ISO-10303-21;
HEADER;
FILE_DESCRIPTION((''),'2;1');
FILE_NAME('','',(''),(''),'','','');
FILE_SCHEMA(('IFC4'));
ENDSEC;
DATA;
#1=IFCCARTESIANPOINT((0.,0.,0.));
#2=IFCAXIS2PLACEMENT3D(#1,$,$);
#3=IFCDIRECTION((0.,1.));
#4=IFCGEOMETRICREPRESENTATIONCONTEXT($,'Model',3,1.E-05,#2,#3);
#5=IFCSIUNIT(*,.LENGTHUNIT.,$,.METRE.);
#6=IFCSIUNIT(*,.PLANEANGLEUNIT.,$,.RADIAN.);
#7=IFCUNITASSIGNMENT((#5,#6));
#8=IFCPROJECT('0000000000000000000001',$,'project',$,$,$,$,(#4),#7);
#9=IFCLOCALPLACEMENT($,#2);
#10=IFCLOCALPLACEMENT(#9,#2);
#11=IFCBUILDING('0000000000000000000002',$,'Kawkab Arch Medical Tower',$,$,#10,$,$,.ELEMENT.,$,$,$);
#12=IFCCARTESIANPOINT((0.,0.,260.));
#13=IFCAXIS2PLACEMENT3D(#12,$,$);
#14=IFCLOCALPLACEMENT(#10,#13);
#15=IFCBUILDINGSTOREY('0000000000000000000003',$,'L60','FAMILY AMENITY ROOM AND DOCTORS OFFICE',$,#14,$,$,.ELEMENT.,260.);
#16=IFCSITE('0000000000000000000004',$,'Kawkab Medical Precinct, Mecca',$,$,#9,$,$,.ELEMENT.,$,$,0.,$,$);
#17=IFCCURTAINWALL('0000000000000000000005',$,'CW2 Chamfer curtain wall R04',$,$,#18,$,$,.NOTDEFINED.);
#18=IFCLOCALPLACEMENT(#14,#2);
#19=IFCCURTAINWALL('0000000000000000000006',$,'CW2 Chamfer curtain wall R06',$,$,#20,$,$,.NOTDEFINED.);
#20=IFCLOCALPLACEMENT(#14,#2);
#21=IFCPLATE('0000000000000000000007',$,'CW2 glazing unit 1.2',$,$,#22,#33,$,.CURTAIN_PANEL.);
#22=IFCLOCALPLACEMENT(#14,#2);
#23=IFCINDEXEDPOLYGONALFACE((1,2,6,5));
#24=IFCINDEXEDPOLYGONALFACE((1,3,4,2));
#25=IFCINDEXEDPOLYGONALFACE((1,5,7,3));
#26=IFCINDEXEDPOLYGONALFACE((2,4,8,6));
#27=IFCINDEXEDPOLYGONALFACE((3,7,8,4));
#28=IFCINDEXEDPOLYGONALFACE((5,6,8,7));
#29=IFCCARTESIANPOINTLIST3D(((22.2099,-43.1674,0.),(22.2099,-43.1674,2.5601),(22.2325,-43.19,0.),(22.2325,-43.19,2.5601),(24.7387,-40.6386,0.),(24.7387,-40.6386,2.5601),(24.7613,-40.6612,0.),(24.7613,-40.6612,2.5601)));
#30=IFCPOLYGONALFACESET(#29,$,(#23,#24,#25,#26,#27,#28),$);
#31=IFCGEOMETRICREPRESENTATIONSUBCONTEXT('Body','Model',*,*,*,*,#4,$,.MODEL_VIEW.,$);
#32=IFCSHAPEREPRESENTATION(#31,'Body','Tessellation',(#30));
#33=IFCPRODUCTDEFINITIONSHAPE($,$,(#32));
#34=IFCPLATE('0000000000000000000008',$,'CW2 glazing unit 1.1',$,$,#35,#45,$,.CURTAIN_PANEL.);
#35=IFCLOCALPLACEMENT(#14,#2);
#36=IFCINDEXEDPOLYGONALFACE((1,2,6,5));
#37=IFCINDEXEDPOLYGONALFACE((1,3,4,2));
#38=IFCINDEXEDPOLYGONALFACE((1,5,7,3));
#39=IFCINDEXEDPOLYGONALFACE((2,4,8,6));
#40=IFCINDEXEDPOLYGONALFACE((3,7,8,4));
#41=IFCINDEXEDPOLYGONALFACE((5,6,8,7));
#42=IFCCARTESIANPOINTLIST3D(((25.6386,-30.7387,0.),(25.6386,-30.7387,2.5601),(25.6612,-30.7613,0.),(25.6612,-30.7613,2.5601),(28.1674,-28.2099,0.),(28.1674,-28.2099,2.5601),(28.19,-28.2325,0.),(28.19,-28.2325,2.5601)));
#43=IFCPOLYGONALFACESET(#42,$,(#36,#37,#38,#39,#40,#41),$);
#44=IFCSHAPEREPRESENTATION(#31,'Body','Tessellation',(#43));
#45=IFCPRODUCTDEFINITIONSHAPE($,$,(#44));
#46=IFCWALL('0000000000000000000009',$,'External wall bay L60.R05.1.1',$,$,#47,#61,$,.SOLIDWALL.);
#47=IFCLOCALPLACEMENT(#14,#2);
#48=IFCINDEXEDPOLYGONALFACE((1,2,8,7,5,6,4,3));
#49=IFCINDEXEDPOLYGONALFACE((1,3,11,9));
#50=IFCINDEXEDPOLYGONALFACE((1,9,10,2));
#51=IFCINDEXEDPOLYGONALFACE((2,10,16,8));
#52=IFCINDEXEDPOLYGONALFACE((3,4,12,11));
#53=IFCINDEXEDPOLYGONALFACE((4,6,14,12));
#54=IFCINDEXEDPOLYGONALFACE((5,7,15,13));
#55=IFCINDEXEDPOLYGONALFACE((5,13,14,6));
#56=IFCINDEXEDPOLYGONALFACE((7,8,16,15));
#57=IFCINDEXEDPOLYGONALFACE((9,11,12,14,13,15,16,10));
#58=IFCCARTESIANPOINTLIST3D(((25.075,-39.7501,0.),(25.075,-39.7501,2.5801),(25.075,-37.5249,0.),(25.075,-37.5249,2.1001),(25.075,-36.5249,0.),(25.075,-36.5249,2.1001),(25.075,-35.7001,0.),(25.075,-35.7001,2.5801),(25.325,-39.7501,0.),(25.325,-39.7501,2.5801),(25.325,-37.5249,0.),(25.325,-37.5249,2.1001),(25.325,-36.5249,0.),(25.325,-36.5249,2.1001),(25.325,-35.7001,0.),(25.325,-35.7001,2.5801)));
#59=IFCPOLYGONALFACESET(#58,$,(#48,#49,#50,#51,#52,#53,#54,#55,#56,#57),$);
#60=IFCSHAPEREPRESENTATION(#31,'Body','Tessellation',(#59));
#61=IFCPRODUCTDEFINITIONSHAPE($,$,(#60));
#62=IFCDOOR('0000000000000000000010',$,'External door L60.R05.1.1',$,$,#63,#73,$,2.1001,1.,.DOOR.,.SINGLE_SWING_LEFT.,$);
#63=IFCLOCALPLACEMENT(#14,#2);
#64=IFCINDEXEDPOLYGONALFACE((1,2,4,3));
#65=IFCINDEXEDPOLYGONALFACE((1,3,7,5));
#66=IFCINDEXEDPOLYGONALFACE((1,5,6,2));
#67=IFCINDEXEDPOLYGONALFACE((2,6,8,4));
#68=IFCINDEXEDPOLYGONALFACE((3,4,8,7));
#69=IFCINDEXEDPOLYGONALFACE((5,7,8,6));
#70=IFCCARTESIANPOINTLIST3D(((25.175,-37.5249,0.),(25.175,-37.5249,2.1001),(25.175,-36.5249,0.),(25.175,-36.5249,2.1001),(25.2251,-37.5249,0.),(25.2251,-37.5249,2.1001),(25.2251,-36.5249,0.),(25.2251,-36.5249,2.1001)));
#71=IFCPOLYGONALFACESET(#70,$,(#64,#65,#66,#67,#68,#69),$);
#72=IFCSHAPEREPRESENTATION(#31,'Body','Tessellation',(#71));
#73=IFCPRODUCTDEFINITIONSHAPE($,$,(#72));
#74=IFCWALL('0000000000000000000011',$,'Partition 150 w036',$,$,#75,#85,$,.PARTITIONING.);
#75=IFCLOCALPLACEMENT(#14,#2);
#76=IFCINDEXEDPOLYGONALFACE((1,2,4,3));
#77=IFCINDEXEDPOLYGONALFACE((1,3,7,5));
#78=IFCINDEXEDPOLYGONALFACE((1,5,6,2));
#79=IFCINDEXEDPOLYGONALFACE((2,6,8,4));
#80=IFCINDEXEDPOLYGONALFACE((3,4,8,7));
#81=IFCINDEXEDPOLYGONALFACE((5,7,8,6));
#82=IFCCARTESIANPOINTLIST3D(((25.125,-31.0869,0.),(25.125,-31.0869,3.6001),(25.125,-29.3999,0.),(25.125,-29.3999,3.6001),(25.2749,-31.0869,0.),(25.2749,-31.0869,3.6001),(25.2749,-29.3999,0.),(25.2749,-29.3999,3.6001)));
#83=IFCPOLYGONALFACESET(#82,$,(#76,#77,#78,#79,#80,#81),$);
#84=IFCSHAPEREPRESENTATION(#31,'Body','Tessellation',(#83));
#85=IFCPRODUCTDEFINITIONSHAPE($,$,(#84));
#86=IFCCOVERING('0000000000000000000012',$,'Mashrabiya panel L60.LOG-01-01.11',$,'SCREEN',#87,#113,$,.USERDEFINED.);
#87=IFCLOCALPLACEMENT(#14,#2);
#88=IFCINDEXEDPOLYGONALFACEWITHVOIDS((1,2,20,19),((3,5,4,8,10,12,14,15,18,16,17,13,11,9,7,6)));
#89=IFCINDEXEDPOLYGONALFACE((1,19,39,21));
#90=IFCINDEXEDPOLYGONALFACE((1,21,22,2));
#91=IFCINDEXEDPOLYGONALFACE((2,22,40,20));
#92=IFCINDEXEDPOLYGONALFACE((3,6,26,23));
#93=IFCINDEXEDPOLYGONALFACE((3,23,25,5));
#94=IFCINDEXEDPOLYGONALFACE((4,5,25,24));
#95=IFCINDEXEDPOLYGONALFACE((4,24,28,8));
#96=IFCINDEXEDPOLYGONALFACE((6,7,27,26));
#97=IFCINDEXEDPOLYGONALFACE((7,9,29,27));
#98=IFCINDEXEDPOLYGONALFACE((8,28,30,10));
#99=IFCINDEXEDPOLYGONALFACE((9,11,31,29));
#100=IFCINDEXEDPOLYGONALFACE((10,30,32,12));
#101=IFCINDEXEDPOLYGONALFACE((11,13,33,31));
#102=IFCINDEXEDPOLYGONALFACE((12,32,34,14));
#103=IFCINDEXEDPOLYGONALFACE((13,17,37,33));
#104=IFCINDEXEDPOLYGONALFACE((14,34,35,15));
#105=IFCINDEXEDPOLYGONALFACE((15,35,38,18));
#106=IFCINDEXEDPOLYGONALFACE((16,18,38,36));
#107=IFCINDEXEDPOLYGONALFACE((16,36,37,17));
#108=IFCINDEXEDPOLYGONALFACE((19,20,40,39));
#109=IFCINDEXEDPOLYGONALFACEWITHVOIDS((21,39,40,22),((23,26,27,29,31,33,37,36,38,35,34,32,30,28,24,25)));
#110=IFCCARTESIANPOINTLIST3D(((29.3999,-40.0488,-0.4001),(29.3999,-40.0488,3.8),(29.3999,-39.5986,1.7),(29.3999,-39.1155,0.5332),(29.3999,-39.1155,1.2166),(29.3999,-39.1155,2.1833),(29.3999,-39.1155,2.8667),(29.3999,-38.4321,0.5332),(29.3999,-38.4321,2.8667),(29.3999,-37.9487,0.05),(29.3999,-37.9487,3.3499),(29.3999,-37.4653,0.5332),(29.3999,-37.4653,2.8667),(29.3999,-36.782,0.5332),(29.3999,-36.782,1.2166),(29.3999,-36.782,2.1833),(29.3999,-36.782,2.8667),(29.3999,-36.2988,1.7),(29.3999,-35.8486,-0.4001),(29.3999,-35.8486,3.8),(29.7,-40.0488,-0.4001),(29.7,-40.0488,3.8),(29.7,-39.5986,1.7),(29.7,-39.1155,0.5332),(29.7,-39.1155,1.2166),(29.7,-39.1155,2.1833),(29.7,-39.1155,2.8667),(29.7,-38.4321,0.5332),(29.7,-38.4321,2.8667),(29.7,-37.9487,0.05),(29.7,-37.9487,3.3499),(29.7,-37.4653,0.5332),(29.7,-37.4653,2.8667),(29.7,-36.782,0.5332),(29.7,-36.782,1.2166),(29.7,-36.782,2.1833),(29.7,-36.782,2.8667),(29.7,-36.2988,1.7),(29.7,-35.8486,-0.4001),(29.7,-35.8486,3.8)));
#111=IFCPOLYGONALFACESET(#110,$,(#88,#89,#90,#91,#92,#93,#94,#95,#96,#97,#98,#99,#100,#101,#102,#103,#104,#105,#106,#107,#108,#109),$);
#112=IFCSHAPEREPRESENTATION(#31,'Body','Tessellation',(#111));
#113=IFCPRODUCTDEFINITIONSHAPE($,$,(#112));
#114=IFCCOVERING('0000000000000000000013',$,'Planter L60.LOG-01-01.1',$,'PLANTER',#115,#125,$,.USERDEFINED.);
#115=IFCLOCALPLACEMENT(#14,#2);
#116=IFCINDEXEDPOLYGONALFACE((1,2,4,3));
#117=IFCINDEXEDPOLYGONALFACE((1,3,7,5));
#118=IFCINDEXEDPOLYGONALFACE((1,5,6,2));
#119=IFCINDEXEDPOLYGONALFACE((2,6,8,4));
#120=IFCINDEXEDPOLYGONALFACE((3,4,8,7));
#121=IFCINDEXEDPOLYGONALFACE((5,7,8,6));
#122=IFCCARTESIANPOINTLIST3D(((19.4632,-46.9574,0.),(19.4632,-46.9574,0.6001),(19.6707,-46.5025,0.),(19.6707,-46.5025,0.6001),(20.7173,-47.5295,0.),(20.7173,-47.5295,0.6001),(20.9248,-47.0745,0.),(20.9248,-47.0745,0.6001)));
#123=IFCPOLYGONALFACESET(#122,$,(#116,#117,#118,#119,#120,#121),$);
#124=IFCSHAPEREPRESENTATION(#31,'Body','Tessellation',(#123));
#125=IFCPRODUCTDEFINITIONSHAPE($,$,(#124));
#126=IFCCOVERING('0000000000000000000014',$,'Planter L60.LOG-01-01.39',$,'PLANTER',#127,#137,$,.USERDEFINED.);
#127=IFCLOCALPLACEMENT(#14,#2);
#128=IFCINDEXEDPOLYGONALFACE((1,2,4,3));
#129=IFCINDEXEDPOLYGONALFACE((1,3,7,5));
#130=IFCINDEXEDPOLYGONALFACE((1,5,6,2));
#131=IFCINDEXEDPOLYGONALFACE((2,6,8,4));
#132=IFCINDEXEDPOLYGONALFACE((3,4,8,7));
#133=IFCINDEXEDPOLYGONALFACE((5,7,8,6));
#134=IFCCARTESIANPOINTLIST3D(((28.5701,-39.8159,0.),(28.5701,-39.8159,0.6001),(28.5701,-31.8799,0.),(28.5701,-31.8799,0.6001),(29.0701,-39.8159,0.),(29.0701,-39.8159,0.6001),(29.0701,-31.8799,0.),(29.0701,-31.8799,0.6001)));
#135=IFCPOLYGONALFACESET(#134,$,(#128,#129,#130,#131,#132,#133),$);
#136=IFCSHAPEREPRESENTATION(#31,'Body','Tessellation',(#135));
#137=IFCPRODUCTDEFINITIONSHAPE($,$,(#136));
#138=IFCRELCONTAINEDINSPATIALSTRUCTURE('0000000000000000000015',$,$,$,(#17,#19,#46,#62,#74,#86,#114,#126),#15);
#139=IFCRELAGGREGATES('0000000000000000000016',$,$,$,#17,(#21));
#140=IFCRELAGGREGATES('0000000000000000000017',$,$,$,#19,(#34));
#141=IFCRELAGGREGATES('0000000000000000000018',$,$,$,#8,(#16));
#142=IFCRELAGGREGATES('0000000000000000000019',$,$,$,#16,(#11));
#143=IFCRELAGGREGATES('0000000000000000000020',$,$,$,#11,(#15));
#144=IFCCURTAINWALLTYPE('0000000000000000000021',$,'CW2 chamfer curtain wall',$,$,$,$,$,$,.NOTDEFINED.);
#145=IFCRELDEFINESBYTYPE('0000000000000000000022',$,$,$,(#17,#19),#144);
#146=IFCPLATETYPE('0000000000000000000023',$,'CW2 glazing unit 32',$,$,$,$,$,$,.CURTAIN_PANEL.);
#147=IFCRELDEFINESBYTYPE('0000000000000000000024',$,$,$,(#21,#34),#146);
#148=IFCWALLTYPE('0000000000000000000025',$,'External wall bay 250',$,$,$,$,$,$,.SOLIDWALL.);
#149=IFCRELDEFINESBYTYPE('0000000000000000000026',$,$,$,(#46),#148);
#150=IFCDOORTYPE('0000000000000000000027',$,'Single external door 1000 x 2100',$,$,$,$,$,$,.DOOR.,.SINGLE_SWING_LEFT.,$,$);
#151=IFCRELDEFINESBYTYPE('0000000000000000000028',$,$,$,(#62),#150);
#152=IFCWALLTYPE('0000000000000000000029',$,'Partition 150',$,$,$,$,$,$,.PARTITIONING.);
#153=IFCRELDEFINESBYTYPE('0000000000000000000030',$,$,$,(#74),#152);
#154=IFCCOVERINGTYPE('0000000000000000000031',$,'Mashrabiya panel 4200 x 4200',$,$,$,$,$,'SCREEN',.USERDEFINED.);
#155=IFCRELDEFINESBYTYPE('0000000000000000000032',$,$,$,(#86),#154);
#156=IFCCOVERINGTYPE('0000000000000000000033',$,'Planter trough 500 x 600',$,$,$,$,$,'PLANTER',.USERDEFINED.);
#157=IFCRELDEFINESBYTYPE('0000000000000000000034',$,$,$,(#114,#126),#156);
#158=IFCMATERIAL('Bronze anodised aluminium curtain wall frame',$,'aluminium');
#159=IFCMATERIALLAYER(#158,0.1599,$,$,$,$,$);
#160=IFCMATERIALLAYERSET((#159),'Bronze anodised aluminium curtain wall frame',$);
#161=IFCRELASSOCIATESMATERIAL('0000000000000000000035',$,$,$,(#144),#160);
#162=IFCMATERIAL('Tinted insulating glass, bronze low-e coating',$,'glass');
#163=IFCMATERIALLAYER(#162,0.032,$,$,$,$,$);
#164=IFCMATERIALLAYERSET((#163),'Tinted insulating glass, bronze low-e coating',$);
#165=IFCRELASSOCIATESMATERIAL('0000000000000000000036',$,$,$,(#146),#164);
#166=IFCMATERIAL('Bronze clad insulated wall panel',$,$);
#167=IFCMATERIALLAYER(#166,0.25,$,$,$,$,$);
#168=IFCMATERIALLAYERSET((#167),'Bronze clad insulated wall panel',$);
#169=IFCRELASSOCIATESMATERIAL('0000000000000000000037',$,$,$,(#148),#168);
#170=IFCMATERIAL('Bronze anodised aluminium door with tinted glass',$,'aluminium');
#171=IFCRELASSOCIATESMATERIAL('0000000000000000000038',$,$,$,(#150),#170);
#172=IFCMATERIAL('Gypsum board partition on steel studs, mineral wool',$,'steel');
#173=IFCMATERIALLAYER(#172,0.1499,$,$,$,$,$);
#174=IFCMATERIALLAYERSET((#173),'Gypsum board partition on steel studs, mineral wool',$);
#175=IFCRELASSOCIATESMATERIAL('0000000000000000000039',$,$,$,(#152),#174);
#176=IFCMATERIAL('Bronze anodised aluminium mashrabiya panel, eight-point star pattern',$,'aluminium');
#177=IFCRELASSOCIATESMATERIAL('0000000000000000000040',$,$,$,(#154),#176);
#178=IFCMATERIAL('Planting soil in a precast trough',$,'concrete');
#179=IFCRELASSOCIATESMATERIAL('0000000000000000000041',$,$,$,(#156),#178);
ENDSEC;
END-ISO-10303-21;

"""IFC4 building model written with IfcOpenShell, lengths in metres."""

from ifc_helpers import new_model, si_unit, direction, frame, frame_2d, origin, origin_2d, place, context, subcontext, project, spatial, polyline, rectangle, outline, extrude, material, layer, layer_set, material_profile, profile_set, type_object, element, fill, aggregate, save


model = new_model("IFC4")

# Units and contexts
model_context = context("Model", 3, precision=1e-05, world=origin(), true_north=direction((0.0, 1.0)))
body_context = subcontext(model_context, "Body", "Model", "MODEL_VIEW")
ifc_project = project(units=[si_unit("LENGTHUNIT", "METRE"), si_unit("PLANEANGLEUNIT", "RADIAN")], contexts=[model_context])

# Site, building, storey
site_placement = place(None, origin())
site = spatial("IfcSite", under=ifc_project, at=site_placement, Name="Kawkab Medical Precinct, Mecca", CompositionType="ELEMENT", RefElevation=0.0)
building_placement = place(site_placement, origin())
building = spatial("IfcBuilding", under=site, at=building_placement, Name="Kawkab Arch Medical Tower", CompositionType="ELEMENT")
storey_placement = place(building_placement, frame((0.0, 0.0, 260.0)))
storey = spatial("IfcBuildingStorey", under=building, at=storey_placement, Name="L60", Description="FAMILY AMENITY ROOM AND DOCTORS OFFICE", CompositionType="ELEMENT", Elevation=260.0)

# Curtain walls
placement = place(storey_placement, origin())
ifc_material_1 = material(Name="Bronze anodised aluminium curtain wall frame", Category="aluminium")
ifc_layer_1 = layer(ifc_material_1, 0.1599)
ifc_layer_set_1 = layer_set([ifc_layer_1], Name="Bronze anodised aluminium curtain wall frame")
curtain_wall_type_1 = type_object("IfcCurtainWallType", Name="CW2 chamfer curtain wall", PredefinedType="NOTDEFINED", material=ifc_layer_set_1)
curtain_wall_1 = element("IfcCurtainWall", 1, at=placement, inside=storey, type_object=curtain_wall_type_1, Name="CW2 Chamfer curtain wall R04", PredefinedType="NOTDEFINED")
curtain_wall_2 = element("IfcCurtainWall", 2, at=placement, inside=storey, type_object=curtain_wall_type_1, Name="CW2 Chamfer curtain wall R06", PredefinedType="NOTDEFINED")

# Plates
ifc_material_2 = material(Name="Tinted insulating glass, bronze low-e coating", Category="glass")
ifc_layer_2 = layer(ifc_material_2, 0.032)
ifc_layer_set_2 = layer_set([ifc_layer_2], Name="Tinted insulating glass, bronze low-e coating")
plate_type_1 = type_object("IfcPlateType", Name="CW2 glazing unit 32", PredefinedType="CURTAIN_PANEL", material=ifc_layer_set_2)
plate_1_placement = place(storey_placement, frame((23.4856, -41.9143, 0.0), z_axis=(0.0, 0.0, 1.0), x_axis=(0.707107, 0.707107, 0.0)))
plate_1 = element("IfcPlate", 3, at=plate_1_placement, type_object=plate_type_1, Name="CW2 glazing unit 1.2", PredefinedType="CURTAIN_PANEL", context=body_context, shape_type="SweptSolid", body=[
    extrude(rectangle(XDim=3.5762, YDim=0.032, at=origin_2d()), origin(), (0.0, 0.0, 1.0), 2.5601),
])
aggregate(curtain_wall_1, [plate_1])
plate_2_placement = place(storey_placement, frame((26.9143, -29.4856, 0.0), z_axis=(0.0, 0.0, 1.0), x_axis=(0.707107, 0.707107, 0.0)))
plate_2 = element("IfcPlate", 4, at=plate_2_placement, type_object=plate_type_1, Name="CW2 glazing unit 1.1", PredefinedType="CURTAIN_PANEL", context=body_context, shape_type="SweptSolid", body=[
    extrude(rectangle(XDim=3.5762, YDim=0.032, at=origin_2d()), origin(), (0.0, 0.0, 1.0), 2.5601),
])
aggregate(curtain_wall_2, [plate_2])

# Wall, opening, door
ifc_material_3 = material(Name="Bronze clad insulated wall panel")
ifc_layer_3 = layer(ifc_material_3, 0.25)
ifc_layer_set_3 = layer_set([ifc_layer_3], Name="Bronze clad insulated wall panel")
wall_type_1 = type_object("IfcWallType", Name="External wall bay 250", PredefinedType="SOLIDWALL", material=ifc_layer_set_3)
wall_1_placement = place(storey_placement, frame((25.2, -39.75, 0.0), z_axis=(0.0, 0.0, 1.0), x_axis=(0.0, 1.0, 0.0)))
wall_1 = element("IfcWall", 5, at=wall_1_placement, inside=storey, type_object=wall_type_1, Name="External wall bay L60.R05.1.1", PredefinedType="SOLIDWALL", context=body_context, shape_type="SweptSolid", body=[
    extrude(rectangle(XDim=4.05, YDim=0.25, at=frame_2d((2.0249, 0.0))), origin(), (0.0, 0.0, 1.0), 2.5801),
])
opening_placement = place(wall_1_placement, frame((2.2251, 0.0, 0.0)))
opening = element("IfcOpeningElement", 6, at=opening_placement, cuts=wall_1, PredefinedType="OPENING", context=body_context, shape_type="SweptSolid", body=[
    extrude(rectangle(XDim=1.0, YDim=2.1001, at=frame_2d((0.5, 1.05))), frame((0.0, 0.135, 0.0), z_axis=(0.0, -1.0, 0.0), x_axis=(1.0, 0.0, 0.0)), (0.0, 0.0, 1.0), 0.27),
])
ifc_material_4 = material(Name="Bronze anodised aluminium door with tinted glass", Category="aluminium")
door_type = type_object("IfcDoorType", Name="Single external door 1000 x 2100", OperationType="SINGLE_SWING_LEFT", PredefinedType="DOOR", material=ifc_material_4)
door_placement = place(opening_placement, origin())
door = element("IfcDoor", 7, at=door_placement, inside=storey, type_object=door_type, Name="External door L60.R05.1.1", OperationType="SINGLE_SWING_LEFT", OverallHeight=2.1001, OverallWidth=1.0, PredefinedType="DOOR", context=body_context, shape_type="SweptSolid", body=[
    extrude(rectangle(XDim=1.0, YDim=2.1001, at=frame_2d((0.5, 1.05))), frame((0.0, 0.0249, 0.0), z_axis=(0.0, -1.0, 0.0), x_axis=(1.0, 0.0, 0.0)), (0.0, 0.0, 1.0), 0.05),
])
fill(opening, door)

# Wall
ifc_material_5 = material(Name="Gypsum board partition on steel studs, mineral wool", Category="steel")
ifc_layer_4 = layer(ifc_material_5, 0.1499)
ifc_layer_set_4 = layer_set([ifc_layer_4], Name="Gypsum board partition on steel studs, mineral wool")
wall_type_2 = type_object("IfcWallType", Name="Partition 150", PredefinedType="PARTITIONING", material=ifc_layer_set_4)
wall_2_placement = place(storey_placement, frame((25.2, -31.0869, 0.0), z_axis=(0.0, 0.0, 1.0), x_axis=(0.0, 1.0, 0.0)))
element("IfcWall", 8, at=wall_2_placement, inside=storey, type_object=wall_type_2, Name="Partition 150 w036", PredefinedType="PARTITIONING", context=body_context, shape_type="SweptSolid", body=[
    extrude(rectangle(XDim=1.687, YDim=0.1499, at=frame_2d((0.8435, 0.0))), origin(), (0.0, 0.0, 1.0), 3.6001),
])

# Coverings
ifc_material_6 = material(Name="Bronze anodised aluminium mashrabiya panel, eight-point star pattern", Category="aluminium")
ifc_material_profile_1 = material_profile(ifc_material_6, outline(polyline([(-2.1001, -2.1001), (2.1001, -2.1001), (2.1001, 2.1001), (-2.1001, 2.1001), (-2.1001, -2.1001)]), holes=[polyline([(1.6499, 0.0), (1.1667, 0.4834), (1.1667, 1.1667), (0.4834, 1.1667), (0.0, 1.6499), (-0.4834, 1.1667), (-1.1667, 1.1667), (-1.1667, 0.4834), (-1.6499, 0.0), (-1.1667, -0.4834), (-1.1667, -1.1667), (-0.4834, -1.1667), (0.0, -1.6499), (0.4834, -1.1667), (1.1667, -1.1667), (1.1667, -0.4834), (1.6499, 0.0)])]), Name="Mashrabiya panel 4200x4200")
ifc_profile_set_1 = profile_set([ifc_material_profile_1], Name="Bronze anodised aluminium mashrabiya panel, eight-point star pattern")
covering_type_1 = type_object("IfcCoveringType", Name="Mashrabiya panel 4200 x 4200", ElementType="SCREEN", PredefinedType="USERDEFINED", material=ifc_profile_set_1)
covering_1_placement = place(storey_placement, frame((29.3999, -37.9487, 1.7), z_axis=(1.0, 0.0, 0.0), x_axis=(0.0, 1.0, 0.0)))
element("IfcCovering", 9, at=covering_1_placement, inside=storey, type_object=covering_type_1, Name="Mashrabiya panel L60.LOG-01-01.11", ObjectType="SCREEN", PredefinedType="USERDEFINED", context=body_context, shape_type="SweptSolid", body=[
    extrude(outline(polyline([(-2.1001, -2.1001), (2.1001, -2.1001), (2.1001, 2.1001), (-2.1001, 2.1001), (-2.1001, -2.1001)]), holes=[polyline([(1.6499, 0.0), (1.1667, 0.4834), (1.1667, 1.1667), (0.4834, 1.1667), (0.0, 1.6499), (-0.4834, 1.1667), (-1.1667, 1.1667), (-1.1667, 0.4834), (-1.6499, 0.0), (-1.1667, -0.4834), (-1.1667, -1.1667), (-0.4834, -1.1667), (0.0, -1.6499), (0.4834, -1.1667), (1.1667, -1.1667), (1.1667, -0.4834), (1.6499, 0.0)])]), origin(), (0.0, 0.0, 1.0), 0.3),
])
ifc_material_7 = material(Name="Planting soil in a precast trough", Category="concrete")
ifc_material_profile_2 = material_profile(ifc_material_7, rectangle(XDim=0.5, YDim=0.6001, at=origin_2d()), Name="Trough 500x600")
ifc_profile_set_2 = profile_set([ifc_material_profile_2], Name="Planting soil in a precast trough")
covering_type_2 = type_object("IfcCoveringType", Name="Planter trough 500 x 600", ElementType="PLANTER", PredefinedType="USERDEFINED", material=ifc_profile_set_2)
covering_2_placement = place(storey_placement, frame((20.821, -47.302, 0.3), z_axis=(-0.909832, 0.414977, 0.0), x_axis=(-0.414977, -0.909832, 0.0)))
element("IfcCovering", 10, at=covering_2_placement, inside=storey, type_object=covering_type_2, Name="Planter L60.LOG-01-01.1", ObjectType="PLANTER", PredefinedType="USERDEFINED", context=body_context, shape_type="SweptSolid", body=[
    extrude(rectangle(XDim=0.5, YDim=0.6001, at=origin_2d()), origin(), (0.0, 0.0, 1.0), 1.3784),
])
covering_3_placement = place(storey_placement, frame((28.8201, -31.8799, 0.3), z_axis=(0.0, -1.0, 0.0), x_axis=(1.0, 0.0, 0.0)))
element("IfcCovering", 11, at=covering_3_placement, inside=storey, type_object=covering_type_2, Name="Planter L60.LOG-01-01.39", ObjectType="PLANTER", PredefinedType="USERDEFINED", context=body_context, shape_type="SweptSolid", body=[
    extrude(rectangle(XDim=0.5, YDim=0.6001, at=origin_2d()), origin(), (0.0, 0.0, 1.0), 7.936),
])

save(model, "model.ifc")
